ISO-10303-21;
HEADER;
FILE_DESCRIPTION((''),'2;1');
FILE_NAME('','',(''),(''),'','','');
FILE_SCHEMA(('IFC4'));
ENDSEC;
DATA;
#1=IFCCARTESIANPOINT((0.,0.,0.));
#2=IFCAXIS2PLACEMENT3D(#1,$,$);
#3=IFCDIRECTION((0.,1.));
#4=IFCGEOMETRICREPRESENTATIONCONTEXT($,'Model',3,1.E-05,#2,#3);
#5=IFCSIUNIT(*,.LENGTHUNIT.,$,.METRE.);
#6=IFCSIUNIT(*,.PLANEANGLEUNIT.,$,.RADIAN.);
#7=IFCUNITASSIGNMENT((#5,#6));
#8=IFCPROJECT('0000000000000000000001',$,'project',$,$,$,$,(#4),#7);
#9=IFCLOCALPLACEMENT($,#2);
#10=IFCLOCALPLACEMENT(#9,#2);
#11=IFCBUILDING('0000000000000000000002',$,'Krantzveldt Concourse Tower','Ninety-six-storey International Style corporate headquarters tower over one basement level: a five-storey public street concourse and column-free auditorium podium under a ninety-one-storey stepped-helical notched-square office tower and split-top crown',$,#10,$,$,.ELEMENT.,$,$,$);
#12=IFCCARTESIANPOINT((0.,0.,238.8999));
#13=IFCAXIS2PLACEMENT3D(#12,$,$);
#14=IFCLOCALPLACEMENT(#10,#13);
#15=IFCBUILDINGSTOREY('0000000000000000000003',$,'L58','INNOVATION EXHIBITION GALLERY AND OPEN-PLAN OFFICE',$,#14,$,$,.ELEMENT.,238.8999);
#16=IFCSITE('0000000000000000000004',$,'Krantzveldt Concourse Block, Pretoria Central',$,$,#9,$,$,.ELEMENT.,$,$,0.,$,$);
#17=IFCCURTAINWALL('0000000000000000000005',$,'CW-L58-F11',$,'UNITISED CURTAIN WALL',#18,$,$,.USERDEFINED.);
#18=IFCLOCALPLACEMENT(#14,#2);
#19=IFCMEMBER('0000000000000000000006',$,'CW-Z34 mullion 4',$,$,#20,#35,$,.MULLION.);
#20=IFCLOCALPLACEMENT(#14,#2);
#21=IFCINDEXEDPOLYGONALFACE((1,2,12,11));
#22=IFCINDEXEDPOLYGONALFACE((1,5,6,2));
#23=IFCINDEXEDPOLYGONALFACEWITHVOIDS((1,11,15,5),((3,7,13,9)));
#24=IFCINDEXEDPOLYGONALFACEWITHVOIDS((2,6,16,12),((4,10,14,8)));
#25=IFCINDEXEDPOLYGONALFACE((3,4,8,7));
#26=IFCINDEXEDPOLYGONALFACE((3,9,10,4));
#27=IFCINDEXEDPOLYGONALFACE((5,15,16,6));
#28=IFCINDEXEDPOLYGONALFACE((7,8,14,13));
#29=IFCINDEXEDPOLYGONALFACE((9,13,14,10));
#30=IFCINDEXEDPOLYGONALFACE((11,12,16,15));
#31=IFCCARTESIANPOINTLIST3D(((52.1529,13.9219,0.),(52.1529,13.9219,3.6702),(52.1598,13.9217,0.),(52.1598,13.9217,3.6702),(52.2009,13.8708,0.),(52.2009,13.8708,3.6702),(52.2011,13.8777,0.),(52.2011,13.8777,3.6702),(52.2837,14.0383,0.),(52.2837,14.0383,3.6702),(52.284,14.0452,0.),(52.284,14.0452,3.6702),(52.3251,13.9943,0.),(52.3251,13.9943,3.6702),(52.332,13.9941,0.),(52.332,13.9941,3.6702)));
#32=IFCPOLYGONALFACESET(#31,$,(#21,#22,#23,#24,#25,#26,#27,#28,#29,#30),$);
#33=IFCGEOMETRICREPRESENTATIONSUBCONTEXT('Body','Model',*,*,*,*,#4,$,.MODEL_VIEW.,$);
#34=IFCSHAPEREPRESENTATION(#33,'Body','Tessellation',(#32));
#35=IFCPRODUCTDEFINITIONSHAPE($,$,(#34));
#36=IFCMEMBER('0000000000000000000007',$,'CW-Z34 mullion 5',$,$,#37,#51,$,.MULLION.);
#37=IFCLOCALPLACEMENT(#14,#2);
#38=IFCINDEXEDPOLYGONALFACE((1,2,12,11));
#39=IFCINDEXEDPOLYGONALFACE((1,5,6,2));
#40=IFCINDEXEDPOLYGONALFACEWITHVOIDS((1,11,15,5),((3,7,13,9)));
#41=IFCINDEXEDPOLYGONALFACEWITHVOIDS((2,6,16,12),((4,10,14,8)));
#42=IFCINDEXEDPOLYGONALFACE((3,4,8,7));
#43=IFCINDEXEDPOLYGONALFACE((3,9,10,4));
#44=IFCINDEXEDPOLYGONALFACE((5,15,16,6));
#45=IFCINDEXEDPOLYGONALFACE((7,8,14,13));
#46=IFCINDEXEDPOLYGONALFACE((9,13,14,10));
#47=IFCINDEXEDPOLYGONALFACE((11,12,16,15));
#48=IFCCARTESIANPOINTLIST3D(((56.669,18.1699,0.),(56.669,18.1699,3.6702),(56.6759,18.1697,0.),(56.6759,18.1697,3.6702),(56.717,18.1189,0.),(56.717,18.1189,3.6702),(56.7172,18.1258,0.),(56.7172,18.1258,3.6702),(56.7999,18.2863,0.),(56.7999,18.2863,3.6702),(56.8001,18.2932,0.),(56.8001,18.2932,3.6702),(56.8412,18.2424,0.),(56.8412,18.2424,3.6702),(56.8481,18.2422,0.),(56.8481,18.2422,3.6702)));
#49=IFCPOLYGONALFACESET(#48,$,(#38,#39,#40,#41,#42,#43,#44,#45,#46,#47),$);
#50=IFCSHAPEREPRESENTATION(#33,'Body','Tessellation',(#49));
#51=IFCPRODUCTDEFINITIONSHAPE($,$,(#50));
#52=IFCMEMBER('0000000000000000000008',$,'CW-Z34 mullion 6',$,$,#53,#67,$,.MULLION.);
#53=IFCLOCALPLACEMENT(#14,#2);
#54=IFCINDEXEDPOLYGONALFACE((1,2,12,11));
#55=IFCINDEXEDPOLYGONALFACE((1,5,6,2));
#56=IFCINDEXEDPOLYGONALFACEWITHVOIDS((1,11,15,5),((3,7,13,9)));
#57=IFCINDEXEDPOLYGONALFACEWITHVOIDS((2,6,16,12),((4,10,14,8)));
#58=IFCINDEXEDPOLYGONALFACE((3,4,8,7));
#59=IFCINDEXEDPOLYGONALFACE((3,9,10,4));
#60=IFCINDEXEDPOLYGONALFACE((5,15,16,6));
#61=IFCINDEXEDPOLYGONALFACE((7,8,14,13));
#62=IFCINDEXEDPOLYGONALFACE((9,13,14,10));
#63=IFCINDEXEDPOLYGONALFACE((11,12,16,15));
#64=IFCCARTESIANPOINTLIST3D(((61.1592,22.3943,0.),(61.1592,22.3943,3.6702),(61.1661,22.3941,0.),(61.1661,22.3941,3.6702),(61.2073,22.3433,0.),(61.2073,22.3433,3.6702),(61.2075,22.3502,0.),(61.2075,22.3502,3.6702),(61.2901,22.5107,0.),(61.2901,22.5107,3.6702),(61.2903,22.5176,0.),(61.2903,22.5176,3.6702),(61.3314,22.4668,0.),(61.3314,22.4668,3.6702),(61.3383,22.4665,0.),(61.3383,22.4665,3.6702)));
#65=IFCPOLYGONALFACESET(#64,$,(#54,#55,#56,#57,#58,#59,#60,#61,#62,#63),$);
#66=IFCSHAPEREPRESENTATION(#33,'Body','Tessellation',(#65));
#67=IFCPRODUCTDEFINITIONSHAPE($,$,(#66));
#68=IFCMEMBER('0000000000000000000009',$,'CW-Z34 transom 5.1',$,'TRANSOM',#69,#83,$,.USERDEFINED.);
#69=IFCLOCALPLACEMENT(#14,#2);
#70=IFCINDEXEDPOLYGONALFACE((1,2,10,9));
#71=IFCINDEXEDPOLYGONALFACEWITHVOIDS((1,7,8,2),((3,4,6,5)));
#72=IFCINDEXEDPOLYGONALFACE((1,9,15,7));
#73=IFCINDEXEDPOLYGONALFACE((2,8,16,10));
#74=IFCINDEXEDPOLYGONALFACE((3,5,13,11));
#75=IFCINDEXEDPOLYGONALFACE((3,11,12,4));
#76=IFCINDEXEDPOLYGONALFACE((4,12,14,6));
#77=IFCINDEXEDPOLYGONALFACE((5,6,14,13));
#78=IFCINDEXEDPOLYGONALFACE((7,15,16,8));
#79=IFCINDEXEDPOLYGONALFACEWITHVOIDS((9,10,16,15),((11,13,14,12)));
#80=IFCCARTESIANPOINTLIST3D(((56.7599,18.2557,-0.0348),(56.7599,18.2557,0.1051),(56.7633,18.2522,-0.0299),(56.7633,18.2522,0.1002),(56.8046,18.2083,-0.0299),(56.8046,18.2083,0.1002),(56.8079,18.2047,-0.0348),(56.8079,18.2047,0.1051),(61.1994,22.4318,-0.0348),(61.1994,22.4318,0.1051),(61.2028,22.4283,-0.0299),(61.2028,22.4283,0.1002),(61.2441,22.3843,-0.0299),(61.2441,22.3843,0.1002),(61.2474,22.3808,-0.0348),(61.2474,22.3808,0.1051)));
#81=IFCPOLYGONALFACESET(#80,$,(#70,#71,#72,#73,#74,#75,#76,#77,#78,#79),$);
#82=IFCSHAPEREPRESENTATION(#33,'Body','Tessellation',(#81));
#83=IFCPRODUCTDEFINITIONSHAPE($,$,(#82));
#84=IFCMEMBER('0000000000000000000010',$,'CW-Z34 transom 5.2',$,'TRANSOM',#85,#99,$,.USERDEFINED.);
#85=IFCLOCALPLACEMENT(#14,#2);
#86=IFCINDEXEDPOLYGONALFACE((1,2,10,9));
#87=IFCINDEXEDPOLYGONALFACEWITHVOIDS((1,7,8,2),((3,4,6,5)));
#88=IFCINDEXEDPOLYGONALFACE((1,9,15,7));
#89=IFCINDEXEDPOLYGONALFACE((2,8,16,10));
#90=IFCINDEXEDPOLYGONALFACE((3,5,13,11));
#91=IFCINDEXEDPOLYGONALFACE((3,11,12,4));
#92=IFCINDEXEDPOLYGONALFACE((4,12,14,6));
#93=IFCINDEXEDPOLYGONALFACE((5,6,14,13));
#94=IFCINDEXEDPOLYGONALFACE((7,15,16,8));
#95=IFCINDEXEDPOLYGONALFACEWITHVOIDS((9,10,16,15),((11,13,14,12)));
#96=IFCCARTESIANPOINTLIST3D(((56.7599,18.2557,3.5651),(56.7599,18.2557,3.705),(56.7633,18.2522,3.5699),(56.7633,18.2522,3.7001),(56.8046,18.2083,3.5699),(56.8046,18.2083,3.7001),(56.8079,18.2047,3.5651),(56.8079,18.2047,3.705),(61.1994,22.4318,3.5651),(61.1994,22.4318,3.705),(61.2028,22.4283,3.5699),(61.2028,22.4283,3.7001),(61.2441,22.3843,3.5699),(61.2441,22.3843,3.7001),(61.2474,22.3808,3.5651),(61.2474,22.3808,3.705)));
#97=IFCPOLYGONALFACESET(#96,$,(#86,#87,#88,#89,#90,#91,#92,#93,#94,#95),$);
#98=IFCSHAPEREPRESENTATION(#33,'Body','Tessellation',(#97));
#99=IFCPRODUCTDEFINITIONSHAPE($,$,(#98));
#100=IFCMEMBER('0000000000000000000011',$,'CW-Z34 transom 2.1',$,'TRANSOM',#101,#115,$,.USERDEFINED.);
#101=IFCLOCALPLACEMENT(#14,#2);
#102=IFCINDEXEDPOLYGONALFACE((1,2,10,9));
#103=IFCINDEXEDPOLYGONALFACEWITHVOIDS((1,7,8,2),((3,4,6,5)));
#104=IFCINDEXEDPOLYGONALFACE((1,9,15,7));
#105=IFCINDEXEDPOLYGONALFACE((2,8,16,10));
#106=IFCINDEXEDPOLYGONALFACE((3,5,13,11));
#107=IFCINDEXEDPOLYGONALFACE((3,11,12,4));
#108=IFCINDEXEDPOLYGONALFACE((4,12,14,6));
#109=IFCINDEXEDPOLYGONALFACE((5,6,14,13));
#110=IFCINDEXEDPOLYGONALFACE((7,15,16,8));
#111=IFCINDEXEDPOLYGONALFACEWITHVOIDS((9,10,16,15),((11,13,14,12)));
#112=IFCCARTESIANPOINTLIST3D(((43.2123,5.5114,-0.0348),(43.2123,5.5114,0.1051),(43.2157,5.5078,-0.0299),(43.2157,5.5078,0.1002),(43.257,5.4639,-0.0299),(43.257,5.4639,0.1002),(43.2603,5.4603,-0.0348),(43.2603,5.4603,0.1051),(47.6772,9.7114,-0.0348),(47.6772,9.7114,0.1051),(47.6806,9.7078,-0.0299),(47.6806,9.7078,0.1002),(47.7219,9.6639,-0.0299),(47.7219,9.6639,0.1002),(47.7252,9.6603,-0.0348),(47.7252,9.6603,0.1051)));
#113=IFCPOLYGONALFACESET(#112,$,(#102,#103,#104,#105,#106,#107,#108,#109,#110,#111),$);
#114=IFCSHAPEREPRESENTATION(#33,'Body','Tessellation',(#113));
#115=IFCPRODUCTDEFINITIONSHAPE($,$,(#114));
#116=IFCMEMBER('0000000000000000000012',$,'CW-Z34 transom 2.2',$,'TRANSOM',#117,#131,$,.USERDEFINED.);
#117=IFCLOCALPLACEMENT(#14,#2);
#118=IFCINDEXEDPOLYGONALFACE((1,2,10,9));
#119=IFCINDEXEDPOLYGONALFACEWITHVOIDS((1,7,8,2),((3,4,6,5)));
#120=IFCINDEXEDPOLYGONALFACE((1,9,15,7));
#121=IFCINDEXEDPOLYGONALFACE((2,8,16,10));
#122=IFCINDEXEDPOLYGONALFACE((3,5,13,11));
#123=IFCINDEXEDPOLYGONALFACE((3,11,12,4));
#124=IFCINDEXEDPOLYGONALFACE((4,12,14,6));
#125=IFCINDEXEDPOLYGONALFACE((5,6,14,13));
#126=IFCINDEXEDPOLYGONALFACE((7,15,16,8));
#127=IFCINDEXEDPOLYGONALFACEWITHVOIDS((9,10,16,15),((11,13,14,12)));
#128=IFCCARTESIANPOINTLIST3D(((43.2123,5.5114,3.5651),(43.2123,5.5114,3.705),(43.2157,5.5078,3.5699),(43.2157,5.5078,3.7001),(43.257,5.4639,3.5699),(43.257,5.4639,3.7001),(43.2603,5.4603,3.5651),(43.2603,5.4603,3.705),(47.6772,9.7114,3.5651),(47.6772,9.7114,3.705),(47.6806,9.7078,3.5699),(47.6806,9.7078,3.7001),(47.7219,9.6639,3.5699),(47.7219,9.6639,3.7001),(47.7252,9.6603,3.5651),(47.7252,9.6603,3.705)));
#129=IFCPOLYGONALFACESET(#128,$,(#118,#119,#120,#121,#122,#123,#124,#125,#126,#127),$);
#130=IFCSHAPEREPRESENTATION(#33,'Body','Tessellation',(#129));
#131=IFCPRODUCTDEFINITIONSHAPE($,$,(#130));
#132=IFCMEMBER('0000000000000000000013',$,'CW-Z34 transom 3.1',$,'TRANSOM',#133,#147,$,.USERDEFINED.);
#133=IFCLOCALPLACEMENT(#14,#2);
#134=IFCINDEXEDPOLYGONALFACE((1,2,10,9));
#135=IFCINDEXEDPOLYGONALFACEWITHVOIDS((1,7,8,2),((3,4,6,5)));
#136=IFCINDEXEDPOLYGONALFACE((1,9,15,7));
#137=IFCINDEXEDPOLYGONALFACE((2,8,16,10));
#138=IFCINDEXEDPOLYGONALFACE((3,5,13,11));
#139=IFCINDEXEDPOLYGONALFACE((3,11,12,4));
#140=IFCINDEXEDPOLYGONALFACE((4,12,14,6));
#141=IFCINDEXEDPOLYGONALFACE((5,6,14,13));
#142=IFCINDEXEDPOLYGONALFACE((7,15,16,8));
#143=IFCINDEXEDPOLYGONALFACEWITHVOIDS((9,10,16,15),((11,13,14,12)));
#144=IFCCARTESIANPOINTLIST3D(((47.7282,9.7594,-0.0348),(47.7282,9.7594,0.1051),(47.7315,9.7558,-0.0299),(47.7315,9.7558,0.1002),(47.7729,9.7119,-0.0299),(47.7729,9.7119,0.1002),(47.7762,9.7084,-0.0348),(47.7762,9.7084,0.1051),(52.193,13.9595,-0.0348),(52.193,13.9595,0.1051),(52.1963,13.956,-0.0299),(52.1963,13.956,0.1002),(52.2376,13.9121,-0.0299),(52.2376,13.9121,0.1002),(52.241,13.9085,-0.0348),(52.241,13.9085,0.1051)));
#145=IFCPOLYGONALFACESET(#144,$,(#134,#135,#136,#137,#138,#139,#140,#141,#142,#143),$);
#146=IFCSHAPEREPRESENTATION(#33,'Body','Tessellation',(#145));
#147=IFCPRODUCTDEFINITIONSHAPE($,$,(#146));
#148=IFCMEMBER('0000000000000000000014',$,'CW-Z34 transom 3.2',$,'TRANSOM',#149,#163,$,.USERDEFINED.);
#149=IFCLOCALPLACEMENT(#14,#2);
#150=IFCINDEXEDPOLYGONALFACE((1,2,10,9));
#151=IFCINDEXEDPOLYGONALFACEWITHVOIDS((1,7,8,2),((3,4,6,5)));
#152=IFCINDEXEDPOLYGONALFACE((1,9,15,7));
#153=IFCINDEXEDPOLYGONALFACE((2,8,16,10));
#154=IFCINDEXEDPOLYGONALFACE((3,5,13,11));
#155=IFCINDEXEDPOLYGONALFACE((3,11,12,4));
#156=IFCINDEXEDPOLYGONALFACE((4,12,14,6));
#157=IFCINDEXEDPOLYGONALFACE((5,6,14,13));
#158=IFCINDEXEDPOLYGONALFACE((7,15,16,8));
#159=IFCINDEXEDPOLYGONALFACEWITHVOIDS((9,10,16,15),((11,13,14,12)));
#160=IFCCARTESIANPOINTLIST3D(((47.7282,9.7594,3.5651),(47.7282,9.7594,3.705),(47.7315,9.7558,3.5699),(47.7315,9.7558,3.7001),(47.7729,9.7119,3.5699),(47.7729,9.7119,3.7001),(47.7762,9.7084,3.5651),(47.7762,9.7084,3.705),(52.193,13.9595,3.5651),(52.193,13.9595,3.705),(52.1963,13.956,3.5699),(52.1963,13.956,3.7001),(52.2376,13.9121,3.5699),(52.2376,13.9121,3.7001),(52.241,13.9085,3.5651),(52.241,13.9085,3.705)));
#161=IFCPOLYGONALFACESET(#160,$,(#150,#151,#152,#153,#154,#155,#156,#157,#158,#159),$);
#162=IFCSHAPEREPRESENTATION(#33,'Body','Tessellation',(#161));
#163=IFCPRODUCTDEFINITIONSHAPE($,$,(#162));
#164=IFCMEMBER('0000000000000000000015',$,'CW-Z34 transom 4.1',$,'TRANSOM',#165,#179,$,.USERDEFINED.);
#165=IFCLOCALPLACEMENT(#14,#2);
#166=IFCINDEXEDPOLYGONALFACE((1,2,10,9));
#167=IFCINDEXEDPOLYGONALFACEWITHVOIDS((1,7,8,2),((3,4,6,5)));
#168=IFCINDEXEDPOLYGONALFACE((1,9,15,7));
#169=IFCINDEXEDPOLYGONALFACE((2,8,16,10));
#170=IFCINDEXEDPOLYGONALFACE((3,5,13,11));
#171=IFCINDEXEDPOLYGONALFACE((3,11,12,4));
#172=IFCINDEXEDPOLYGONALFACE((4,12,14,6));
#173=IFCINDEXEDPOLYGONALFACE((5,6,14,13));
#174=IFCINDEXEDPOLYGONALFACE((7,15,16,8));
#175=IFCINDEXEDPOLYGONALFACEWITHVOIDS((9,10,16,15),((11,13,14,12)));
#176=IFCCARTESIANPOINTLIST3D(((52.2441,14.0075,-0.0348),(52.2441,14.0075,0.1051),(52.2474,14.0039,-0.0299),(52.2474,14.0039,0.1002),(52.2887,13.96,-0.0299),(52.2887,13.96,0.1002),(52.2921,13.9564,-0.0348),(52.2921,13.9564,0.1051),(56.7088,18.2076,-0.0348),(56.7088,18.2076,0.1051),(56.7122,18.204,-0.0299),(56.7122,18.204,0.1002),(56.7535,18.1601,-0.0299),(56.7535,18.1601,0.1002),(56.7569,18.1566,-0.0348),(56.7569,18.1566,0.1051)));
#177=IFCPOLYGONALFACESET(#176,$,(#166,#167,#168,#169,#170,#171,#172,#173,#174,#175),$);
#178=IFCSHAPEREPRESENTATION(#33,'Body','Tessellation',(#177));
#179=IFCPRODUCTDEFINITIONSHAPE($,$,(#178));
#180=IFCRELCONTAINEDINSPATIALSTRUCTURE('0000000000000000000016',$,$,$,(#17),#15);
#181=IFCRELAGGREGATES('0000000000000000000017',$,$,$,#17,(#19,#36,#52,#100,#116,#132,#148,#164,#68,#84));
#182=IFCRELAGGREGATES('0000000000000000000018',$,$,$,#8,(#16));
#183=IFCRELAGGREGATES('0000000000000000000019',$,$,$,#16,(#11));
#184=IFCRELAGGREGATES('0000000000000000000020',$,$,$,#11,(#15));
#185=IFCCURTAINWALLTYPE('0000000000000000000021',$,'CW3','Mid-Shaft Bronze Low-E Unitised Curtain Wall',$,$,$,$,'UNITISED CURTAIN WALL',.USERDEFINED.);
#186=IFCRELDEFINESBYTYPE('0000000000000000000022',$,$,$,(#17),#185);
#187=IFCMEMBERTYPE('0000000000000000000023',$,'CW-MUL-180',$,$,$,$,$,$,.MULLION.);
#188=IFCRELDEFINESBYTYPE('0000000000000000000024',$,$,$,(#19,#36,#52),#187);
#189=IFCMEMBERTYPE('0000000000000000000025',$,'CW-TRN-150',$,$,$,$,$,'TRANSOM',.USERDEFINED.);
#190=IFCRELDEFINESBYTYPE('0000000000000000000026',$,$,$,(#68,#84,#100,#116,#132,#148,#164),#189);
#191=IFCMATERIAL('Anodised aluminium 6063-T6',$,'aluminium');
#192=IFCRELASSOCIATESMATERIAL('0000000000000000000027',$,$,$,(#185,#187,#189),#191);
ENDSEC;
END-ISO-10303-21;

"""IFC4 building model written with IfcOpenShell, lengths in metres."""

from ifc_helpers import new_model, si_unit, direction, frame, origin, origin_2d, place, context, subcontext, project, spatial, hollow_rectangle, extrude, source, transform, mapped, material, material_profile, profile_set, type_object, type_shapes, element, aggregate, save


model = new_model("IFC4")

# Units and contexts
model_context = context("Model", 3, precision=1e-05, world=origin(), true_north=direction((0.0, 1.0)))
body_context = subcontext(model_context, "Body", "Model", "MODEL_VIEW")
ifc_project = project(units=[si_unit("LENGTHUNIT", "METRE"), si_unit("PLANEANGLEUNIT", "RADIAN")], contexts=[model_context])

# Site, building, storey
site_placement = place(None, origin())
site = spatial("IfcSite", under=ifc_project, at=site_placement, Name="Krantzveldt Concourse Block, Pretoria Central", CompositionType="ELEMENT", RefElevation=0.0)
building_placement = place(site_placement, origin())
building = spatial("IfcBuilding", under=site, at=building_placement, Name="Krantzveldt Concourse Tower", Description="Ninety-six-storey International Style corporate headquarters tower over one basement level: a five-storey public street concourse and column-free auditorium podium under a ninety-one-storey stepped-helical notched-square office tower and split-top crown", CompositionType="ELEMENT")
storey_placement = place(building_placement, frame((0.0, 0.0, 238.8999)))
storey = spatial("IfcBuildingStorey", under=building, at=storey_placement, Name="L58", Description="INNOVATION EXHIBITION GALLERY AND OPEN-PLAN OFFICE", CompositionType="ELEMENT", Elevation=238.8999)

# Curtain wall, members
ifc_material_1 = material(Name="Anodised aluminium 6063-T6", Category="aluminium")
curtain_wall_type = type_object("IfcCurtainWallType", Name="CW3", Description="Mid-Shaft Bronze Low-E Unitised Curtain Wall", ElementType="UNITISED CURTAIN WALL", PredefinedType="USERDEFINED", material=ifc_material_1)
curtain_wall_placement = place(storey_placement, origin())
curtain_wall = element("IfcCurtainWall", 1, at=curtain_wall_placement, inside=storey, type_object=curtain_wall_type, Name="CW-L58-F11", ObjectType="UNITISED CURTAIN WALL", PredefinedType="USERDEFINED")
ifc_material_profile_1 = material_profile(ifc_material_1, hollow_rectangle(XDim=0.0701, YDim=0.1799, WallThickness=0.0049, at=origin_2d()), Name="Anodised aluminium 6063-T6", Category="aluminium")
ifc_profile_set_1 = profile_set([ifc_material_profile_1], Name="Anodised aluminium 6063-T6 - ALU-MULL 180x70x5")
member_type_1 = type_object("IfcMemberType", Name="CW-MUL-180", PredefinedType="MULLION", material=ifc_profile_set_1)
shared_shape_1 = source(origin(), body_context, "Body", "SweptSolid", [
    extrude(hollow_rectangle(XDim=0.0701, YDim=0.1799, WallThickness=0.0049, at=origin_2d()), origin(), (0.0, 0.0, 1.0), 3.6702),
])
type_shapes(member_type_1, [shared_shape_1])
member_1_placement = place(storey_placement, frame((52.2424, 13.958, 0.0), z_axis=(0.0, 0.0, 1.0), x_axis=(-0.685183, 0.728371, 0.0)))
member_1 = element("IfcMember", 2, at=member_1_placement, type_object=member_type_1, Name="CW-Z34 mullion 4", PredefinedType="MULLION", context=body_context, shape_type="MappedRepresentation", body=[
    mapped(shared_shape_1, transform((0.0, 0.0, 0.0), x_axis=(1.0, 0.0, 0.0), y_axis=(0.0, 1.0, 0.0), z_axis=(0.0, 0.0, 1.0), scale=1.0)),
])
member_2_placement = place(storey_placement, frame((56.7585, 18.2061, 0.0), z_axis=(0.0, 0.0, 1.0), x_axis=(-0.685183, 0.728371, 0.0)))
member_2 = element("IfcMember", 3, at=member_2_placement, type_object=member_type_1, Name="CW-Z34 mullion 5", PredefinedType="MULLION", context=body_context, shape_type="MappedRepresentation", body=[
    mapped(shared_shape_1, transform((0.0, 0.0, 0.0), x_axis=(1.0, 0.0, 0.0), y_axis=(0.0, 1.0, 0.0), z_axis=(0.0, 0.0, 1.0), scale=1.0)),
])
member_3_placement = place(storey_placement, frame((61.2488, 22.4304, 0.0), z_axis=(0.0, 0.0, 1.0), x_axis=(-0.685183, 0.728371, 0.0)))
member_3 = element("IfcMember", 4, at=member_3_placement, type_object=member_type_1, Name="CW-Z34 mullion 6", PredefinedType="MULLION", context=body_context, shape_type="MappedRepresentation", body=[
    mapped(shared_shape_1, transform((0.0, 0.0, 0.0), x_axis=(1.0, 0.0, 0.0), y_axis=(0.0, 1.0, 0.0), z_axis=(0.0, 0.0, 1.0), scale=1.0)),
])
ifc_material_profile_2 = material_profile(ifc_material_1, hollow_rectangle(XDim=0.0701, YDim=0.1399, WallThickness=0.0049, at=origin_2d()), Name="Anodised aluminium 6063-T6", Category="aluminium")
ifc_profile_set_2 = profile_set([ifc_material_profile_2], Name="Anodised aluminium 6063-T6 - ALU-TRAN 140x70x5")
member_type_2 = type_object("IfcMemberType", Name="CW-TRN-150", ElementType="TRANSOM", PredefinedType="USERDEFINED", material=ifc_profile_set_2)
shared_shape_2 = source(origin(), body_context, "Body", "SweptSolid", [
    extrude(hollow_rectangle(XDim=0.0701, YDim=0.1399, WallThickness=0.0049, at=origin_2d()), origin(), (0.0, 0.0, 1.0), 6.095),
])
member_4_placement = place(storey_placement, frame((56.7839, 18.2302, 0.0352), z_axis=(0.728387, 0.685166, 0.0), x_axis=(-0.685166, 0.728387, 0.0)))
member_4 = element("IfcMember", 5, at=member_4_placement, type_object=member_type_2, Name="CW-Z34 transom 5.1", ObjectType="TRANSOM", PredefinedType="USERDEFINED", context=body_context, shape_type="MappedRepresentation", body=[
    mapped(shared_shape_2, transform((0.0, 0.0, 0.0), x_axis=(1.0, 0.0, 0.0), y_axis=(0.0, 1.0, 0.0), z_axis=(0.0, 0.0, 1.0), scale=1.0)),
])
member_5_placement = place(storey_placement, frame((56.7839, 18.2302, 3.635), z_axis=(0.728387, 0.685166, 0.0), x_axis=(-0.685166, 0.728387, 0.0)))
member_5 = element("IfcMember", 6, at=member_5_placement, type_object=member_type_2, Name="CW-Z34 transom 5.2", ObjectType="TRANSOM", PredefinedType="USERDEFINED", context=body_context, shape_type="MappedRepresentation", body=[
    mapped(shared_shape_2, transform((0.0, 0.0, 0.0), x_axis=(1.0, 0.0, 0.0), y_axis=(0.0, 1.0, 0.0), z_axis=(0.0, 0.0, 1.0), scale=1.0)),
])
shared_shape_3 = source(origin(), body_context, "Body", "SweptSolid", [
    extrude(hollow_rectangle(XDim=0.0701, YDim=0.1399, WallThickness=0.0049, at=origin_2d()), origin(), (0.0, 0.0, 1.0), 6.1299),
])
type_shapes(member_type_2, [shared_shape_2, shared_shape_3])
member_6_placement = place(storey_placement, frame((43.2363, 5.4858, 0.0352), z_axis=(0.728384, 0.68517, 0.0), x_axis=(-0.68517, 0.728384, 0.0)))
member_6 = element("IfcMember", 7, at=member_6_placement, type_object=member_type_2, Name="CW-Z34 transom 2.1", ObjectType="TRANSOM", PredefinedType="USERDEFINED", context=body_context, shape_type="MappedRepresentation", body=[
    mapped(shared_shape_3, transform((0.0, 0.0, 0.0), x_axis=(1.0, 0.0, 0.0), y_axis=(0.0, 1.0, 0.0), z_axis=(0.0, 0.0, 1.0), scale=1.0)),
])
member_7_placement = place(storey_placement, frame((43.2363, 5.4858, 3.635), z_axis=(0.728384, 0.68517, 0.0), x_axis=(-0.68517, 0.728384, 0.0)))
member_7 = element("IfcMember", 8, at=member_7_placement, type_object=member_type_2, Name="CW-Z34 transom 2.2", ObjectType="TRANSOM", PredefinedType="USERDEFINED", context=body_context, shape_type="MappedRepresentation", body=[
    mapped(shared_shape_3, transform((0.0, 0.0, 0.0), x_axis=(1.0, 0.0, 0.0), y_axis=(0.0, 1.0, 0.0), z_axis=(0.0, 0.0, 1.0), scale=1.0)),
])
member_8_placement = place(storey_placement, frame((47.7522, 9.7339, 0.0352), z_axis=(0.728364, 0.685191, 0.0), x_axis=(-0.685191, 0.728364, 0.0)))
member_8 = element("IfcMember", 9, at=member_8_placement, type_object=member_type_2, Name="CW-Z34 transom 3.1", ObjectType="TRANSOM", PredefinedType="USERDEFINED", context=body_context, shape_type="MappedRepresentation", body=[
    mapped(shared_shape_3, transform((0.0, 0.0, 0.0), x_axis=(1.0, 0.0, 0.0), y_axis=(0.0, 1.0, 0.0), z_axis=(0.0, 0.0, 1.0), scale=1.0)),
])
member_9_placement = place(storey_placement, frame((47.7522, 9.7339, 3.635), z_axis=(0.728364, 0.685191, 0.0), x_axis=(-0.685191, 0.728364, 0.0)))
member_9 = element("IfcMember", 10, at=member_9_placement, type_object=member_type_2, Name="CW-Z34 transom 3.2", ObjectType="TRANSOM", PredefinedType="USERDEFINED", context=body_context, shape_type="MappedRepresentation", body=[
    mapped(shared_shape_3, transform((0.0, 0.0, 0.0), x_axis=(1.0, 0.0, 0.0), y_axis=(0.0, 1.0, 0.0), z_axis=(0.0, 0.0, 1.0), scale=1.0)),
])
member_10_placement = place(storey_placement, frame((52.2681, 13.9819, 0.0352), z_axis=(0.728364, 0.685191, 0.0), x_axis=(-0.685191, 0.728364, 0.0)))
member_10 = element("IfcMember", 11, at=member_10_placement, type_object=member_type_2, Name="CW-Z34 transom 4.1", ObjectType="TRANSOM", PredefinedType="USERDEFINED", context=body_context, shape_type="MappedRepresentation", body=[
    mapped(shared_shape_3, transform((0.0, 0.0, 0.0), x_axis=(1.0, 0.0, 0.0), y_axis=(0.0, 1.0, 0.0), z_axis=(0.0, 0.0, 1.0), scale=1.0)),
])
aggregate(curtain_wall, [member_1, member_2, member_3, member_6, member_7, member_8, member_9, member_10, member_4, member_5])

save(model, "model.ifc")
